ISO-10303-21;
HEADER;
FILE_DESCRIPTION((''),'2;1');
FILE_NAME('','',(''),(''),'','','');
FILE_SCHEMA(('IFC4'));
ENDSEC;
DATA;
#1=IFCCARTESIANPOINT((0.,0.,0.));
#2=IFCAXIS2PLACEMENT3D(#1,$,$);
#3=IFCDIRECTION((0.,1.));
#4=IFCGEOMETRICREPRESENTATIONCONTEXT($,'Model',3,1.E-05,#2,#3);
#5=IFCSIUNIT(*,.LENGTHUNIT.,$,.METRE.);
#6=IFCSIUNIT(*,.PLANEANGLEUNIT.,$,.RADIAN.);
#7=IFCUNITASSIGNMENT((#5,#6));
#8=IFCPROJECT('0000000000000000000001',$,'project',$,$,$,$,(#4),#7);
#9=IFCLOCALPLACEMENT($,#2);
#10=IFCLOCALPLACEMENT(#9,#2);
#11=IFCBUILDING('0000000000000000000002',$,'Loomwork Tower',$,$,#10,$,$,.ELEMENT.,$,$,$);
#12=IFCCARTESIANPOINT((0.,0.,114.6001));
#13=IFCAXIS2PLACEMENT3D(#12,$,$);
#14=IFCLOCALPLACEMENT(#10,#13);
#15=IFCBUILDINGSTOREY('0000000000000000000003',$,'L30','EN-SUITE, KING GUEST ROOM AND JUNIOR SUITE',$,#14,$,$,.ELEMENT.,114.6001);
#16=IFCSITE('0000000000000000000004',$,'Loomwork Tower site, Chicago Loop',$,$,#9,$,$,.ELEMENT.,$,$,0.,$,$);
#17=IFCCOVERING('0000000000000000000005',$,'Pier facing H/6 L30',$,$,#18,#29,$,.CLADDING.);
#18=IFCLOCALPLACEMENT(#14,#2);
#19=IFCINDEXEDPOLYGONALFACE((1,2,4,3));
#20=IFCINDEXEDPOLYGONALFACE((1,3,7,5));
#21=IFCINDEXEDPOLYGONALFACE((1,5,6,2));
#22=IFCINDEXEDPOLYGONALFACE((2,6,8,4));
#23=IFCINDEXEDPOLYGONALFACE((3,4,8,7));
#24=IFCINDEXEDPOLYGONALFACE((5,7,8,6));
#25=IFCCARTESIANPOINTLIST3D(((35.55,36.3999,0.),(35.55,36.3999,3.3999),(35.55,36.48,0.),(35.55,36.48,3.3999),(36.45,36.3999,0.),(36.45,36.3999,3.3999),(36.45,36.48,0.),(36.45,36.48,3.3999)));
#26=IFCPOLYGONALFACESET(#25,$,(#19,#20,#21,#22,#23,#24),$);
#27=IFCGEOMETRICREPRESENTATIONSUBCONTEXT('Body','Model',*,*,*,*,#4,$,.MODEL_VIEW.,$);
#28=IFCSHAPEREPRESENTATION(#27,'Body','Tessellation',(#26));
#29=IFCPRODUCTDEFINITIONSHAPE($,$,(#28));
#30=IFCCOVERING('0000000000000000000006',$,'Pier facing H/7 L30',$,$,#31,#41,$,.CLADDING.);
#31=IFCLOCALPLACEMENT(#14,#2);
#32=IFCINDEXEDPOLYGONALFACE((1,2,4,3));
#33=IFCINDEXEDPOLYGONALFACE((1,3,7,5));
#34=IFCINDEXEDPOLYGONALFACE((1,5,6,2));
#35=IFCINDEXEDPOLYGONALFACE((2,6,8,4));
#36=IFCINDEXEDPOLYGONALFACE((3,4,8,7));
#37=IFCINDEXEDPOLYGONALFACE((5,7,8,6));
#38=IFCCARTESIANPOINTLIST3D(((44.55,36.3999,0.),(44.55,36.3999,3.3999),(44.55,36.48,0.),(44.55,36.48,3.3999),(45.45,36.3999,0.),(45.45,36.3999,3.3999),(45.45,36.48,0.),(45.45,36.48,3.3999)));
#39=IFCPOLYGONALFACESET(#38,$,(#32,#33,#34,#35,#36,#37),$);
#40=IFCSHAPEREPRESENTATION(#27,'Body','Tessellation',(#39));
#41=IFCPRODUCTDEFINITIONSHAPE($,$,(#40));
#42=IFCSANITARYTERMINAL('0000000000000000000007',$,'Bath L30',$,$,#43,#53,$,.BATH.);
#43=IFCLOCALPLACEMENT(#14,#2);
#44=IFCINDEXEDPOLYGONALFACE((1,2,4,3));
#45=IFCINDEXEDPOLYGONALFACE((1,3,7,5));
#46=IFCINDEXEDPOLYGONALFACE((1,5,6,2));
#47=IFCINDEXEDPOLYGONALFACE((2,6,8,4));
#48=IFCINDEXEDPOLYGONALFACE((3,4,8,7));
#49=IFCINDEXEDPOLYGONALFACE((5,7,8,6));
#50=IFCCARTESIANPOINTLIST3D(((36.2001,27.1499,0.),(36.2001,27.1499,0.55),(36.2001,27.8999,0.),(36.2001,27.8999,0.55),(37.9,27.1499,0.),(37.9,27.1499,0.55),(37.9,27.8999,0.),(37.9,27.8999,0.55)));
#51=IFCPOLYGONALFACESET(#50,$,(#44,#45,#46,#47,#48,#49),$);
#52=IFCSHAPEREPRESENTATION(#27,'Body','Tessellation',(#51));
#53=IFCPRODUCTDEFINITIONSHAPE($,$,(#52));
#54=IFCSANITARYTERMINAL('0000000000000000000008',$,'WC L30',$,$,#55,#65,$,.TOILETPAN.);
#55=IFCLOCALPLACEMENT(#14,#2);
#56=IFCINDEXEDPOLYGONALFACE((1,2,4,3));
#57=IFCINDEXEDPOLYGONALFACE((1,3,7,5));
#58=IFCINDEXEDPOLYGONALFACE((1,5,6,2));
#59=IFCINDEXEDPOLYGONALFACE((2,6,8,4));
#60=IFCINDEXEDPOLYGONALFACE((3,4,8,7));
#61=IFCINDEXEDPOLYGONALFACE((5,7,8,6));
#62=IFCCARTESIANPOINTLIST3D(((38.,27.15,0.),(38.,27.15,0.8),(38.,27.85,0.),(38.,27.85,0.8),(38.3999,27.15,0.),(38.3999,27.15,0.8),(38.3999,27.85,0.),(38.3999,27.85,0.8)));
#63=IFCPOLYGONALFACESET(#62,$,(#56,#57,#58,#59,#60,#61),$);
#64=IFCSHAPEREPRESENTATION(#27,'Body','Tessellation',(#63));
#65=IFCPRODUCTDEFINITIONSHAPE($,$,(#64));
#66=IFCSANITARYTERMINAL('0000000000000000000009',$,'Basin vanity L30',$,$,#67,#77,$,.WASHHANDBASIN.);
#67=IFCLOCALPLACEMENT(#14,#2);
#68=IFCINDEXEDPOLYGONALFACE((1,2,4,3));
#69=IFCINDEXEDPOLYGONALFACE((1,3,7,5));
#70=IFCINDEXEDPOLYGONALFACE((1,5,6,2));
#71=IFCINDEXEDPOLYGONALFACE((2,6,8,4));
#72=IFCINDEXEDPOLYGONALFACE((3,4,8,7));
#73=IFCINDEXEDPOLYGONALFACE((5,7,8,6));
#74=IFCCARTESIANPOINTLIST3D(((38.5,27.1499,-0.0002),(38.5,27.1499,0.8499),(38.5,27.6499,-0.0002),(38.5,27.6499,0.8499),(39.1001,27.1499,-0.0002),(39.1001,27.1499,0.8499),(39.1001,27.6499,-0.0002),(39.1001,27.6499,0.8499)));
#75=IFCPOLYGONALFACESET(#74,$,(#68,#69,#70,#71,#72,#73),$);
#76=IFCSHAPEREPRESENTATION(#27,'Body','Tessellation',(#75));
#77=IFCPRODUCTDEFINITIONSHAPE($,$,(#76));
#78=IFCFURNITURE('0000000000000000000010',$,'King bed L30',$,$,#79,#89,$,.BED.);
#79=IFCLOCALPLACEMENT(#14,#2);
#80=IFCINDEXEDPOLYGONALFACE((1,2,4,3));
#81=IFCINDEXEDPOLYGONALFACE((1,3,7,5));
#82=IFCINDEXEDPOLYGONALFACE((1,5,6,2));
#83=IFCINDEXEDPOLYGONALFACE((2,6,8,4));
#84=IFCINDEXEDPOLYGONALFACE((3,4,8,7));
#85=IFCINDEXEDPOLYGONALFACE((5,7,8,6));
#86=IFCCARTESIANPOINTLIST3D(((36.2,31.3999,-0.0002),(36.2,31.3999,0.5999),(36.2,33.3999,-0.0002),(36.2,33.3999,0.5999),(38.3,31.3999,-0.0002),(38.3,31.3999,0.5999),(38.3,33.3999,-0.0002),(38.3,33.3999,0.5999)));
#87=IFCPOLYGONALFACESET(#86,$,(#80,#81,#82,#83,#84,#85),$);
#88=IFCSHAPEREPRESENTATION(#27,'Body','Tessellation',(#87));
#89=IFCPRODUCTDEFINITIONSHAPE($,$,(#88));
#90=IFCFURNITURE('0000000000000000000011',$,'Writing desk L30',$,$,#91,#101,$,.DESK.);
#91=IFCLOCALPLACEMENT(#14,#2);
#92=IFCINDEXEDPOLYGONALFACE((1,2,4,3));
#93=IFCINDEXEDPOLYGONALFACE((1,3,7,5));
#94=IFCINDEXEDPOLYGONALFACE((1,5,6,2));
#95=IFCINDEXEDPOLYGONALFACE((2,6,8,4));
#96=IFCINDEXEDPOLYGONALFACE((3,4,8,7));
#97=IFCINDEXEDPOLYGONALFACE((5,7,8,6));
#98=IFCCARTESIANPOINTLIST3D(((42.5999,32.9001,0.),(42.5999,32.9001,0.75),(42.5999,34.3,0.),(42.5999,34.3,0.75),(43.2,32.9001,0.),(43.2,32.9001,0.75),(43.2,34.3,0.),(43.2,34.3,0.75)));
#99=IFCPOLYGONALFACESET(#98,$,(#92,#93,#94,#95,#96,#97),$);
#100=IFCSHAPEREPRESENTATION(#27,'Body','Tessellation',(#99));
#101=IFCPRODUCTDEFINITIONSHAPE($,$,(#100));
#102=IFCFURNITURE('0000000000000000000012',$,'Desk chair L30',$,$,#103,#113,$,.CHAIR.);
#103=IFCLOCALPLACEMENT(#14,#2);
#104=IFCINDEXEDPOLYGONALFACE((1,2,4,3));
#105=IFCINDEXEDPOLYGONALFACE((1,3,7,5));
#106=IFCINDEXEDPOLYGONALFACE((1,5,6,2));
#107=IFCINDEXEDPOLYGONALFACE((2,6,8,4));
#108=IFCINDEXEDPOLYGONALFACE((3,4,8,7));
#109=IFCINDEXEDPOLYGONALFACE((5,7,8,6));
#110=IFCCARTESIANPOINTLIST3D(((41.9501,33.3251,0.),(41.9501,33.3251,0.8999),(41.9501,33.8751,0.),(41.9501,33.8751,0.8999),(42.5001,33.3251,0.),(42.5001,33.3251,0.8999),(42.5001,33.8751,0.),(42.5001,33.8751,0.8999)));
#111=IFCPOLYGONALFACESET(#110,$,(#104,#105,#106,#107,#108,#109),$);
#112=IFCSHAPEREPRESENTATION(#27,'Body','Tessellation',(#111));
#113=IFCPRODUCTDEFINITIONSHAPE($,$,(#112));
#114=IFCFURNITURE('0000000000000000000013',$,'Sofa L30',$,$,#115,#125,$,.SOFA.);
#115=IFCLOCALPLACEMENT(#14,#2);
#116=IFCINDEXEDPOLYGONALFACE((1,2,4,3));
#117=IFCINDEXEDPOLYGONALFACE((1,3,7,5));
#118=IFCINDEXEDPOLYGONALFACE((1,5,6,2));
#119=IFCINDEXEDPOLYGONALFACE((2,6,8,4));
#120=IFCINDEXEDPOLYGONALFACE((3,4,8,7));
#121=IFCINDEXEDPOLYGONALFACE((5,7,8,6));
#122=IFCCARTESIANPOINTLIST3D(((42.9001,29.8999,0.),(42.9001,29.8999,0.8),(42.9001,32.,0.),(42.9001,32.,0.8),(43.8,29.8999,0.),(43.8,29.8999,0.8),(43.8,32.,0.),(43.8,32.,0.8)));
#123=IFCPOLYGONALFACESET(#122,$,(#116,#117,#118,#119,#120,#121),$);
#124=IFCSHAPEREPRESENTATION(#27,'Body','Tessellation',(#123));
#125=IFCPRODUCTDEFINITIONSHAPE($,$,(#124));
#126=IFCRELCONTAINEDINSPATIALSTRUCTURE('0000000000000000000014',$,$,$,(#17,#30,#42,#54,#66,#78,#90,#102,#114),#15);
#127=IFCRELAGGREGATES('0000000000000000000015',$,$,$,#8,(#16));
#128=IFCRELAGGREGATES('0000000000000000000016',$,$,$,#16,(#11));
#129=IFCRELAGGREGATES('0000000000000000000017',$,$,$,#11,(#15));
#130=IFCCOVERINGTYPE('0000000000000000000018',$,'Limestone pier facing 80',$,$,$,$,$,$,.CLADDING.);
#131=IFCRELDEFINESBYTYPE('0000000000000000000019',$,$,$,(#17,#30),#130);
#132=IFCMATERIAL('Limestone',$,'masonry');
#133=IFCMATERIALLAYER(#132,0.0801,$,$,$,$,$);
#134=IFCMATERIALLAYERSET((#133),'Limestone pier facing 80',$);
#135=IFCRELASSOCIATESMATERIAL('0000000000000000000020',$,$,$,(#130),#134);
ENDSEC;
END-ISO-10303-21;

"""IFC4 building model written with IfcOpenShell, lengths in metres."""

from ifc_helpers import new_model, si_unit, direction, frame, origin, origin_2d, place, context, subcontext, project, spatial, rectangle, extrude, material, layer, layer_set, type_object, element, save


model = new_model("IFC4")

# Units and contexts
model_context = context("Model", 3, precision=1e-05, world=origin(), true_north=direction((0.0, 1.0)))
body_context = subcontext(model_context, "Body", "Model", "MODEL_VIEW")
ifc_project = project(units=[si_unit("LENGTHUNIT", "METRE"), si_unit("PLANEANGLEUNIT", "RADIAN")], contexts=[model_context])

# Site, building, storey
site_placement = place(None, origin())
site = spatial("IfcSite", under=ifc_project, at=site_placement, Name="Loomwork Tower site, Chicago Loop", CompositionType="ELEMENT", RefElevation=0.0)
building_placement = place(site_placement, origin())
building = spatial("IfcBuilding", under=site, at=building_placement, Name="Loomwork Tower", CompositionType="ELEMENT")
storey_placement = place(building_placement, frame((0.0, 0.0, 114.6001)))
storey = spatial("IfcBuildingStorey", under=building, at=storey_placement, Name="L30", Description="EN-SUITE, KING GUEST ROOM AND JUNIOR SUITE", CompositionType="ELEMENT", Elevation=114.6001)

# Coverings
ifc_material_1 = material(Name="Limestone", Category="masonry")
ifc_layer_1 = layer(ifc_material_1, 0.0801)
ifc_layer_set_1 = layer_set([ifc_layer_1], Name="Limestone pier facing 80")
covering_type = type_object("IfcCoveringType", Name="Limestone pier facing 80", PredefinedType="CLADDING", material=ifc_layer_set_1)
for number, where, z_axis, x_axis, name in (
    (1, (36.0, 36.4399, 0.0), (0.0, 0.0, 1.0), (1.0, 0.0, 0.0), "Pier facing H/6 L30"),
    (2, (45.0, 36.4399, 0.0), (0.0, 0.0, 1.0), (1.0, 0.0, 0.0), "Pier facing H/7 L30"),
):
    element("IfcCovering", number, at=place(storey_placement, frame(where, z_axis=z_axis, x_axis=x_axis)), inside=storey, type_object=covering_type, Name=name, PredefinedType="CLADDING", context=body_context, shape_type="SweptSolid", body=[
        extrude(rectangle(XDim=0.8999, YDim=0.0801, at=origin_2d()), origin(), (0.0, 0.0, 1.0), 3.3999),
    ])

# Sanitary terminals
sanitary_terminal_1_placement = place(storey_placement, frame((37.05, 27.5249, 0.0), z_axis=(0.0, 0.0, 1.0), x_axis=(1.0, 0.0, 0.0)))
element("IfcSanitaryTerminal", 3, at=sanitary_terminal_1_placement, inside=storey, Name="Bath L30", PredefinedType="BATH", context=body_context, shape_type="SweptSolid", body=[
    extrude(rectangle(XDim=1.7, YDim=0.75, at=origin_2d()), origin(), (0.0, 0.0, 1.0), 0.55),
])
sanitary_terminal_2_placement = place(storey_placement, frame((38.2, 27.5, 0.0), z_axis=(0.0, 0.0, 1.0), x_axis=(1.0, 0.0, 0.0)))
element("IfcSanitaryTerminal", 4, at=sanitary_terminal_2_placement, inside=storey, Name="WC L30", PredefinedType="TOILETPAN", context=body_context, shape_type="SweptSolid", body=[
    extrude(rectangle(XDim=0.3999, YDim=0.7, at=origin_2d()), origin(), (0.0, 0.0, 1.0), 0.8),
])
sanitary_terminal_3_placement = place(storey_placement, frame((38.8, 27.3999, -0.0002), z_axis=(0.0, 0.0, 1.0), x_axis=(1.0, 0.0, 0.0)))
element("IfcSanitaryTerminal", 5, at=sanitary_terminal_3_placement, inside=storey, Name="Basin vanity L30", PredefinedType="WASHHANDBASIN", context=body_context, shape_type="SweptSolid", body=[
    extrude(rectangle(XDim=0.6001, YDim=0.5, at=origin_2d()), origin(), (0.0, 0.0, 1.0), 0.8501),
])

# Furniture
furniture_1_placement = place(storey_placement, frame((37.25, 32.3999, -0.0002), z_axis=(0.0, 0.0, 1.0), x_axis=(1.0, 0.0, 0.0)))
element("IfcFurniture", 6, at=furniture_1_placement, inside=storey, Name="King bed L30", PredefinedType="BED", context=body_context, shape_type="SweptSolid", body=[
    extrude(rectangle(XDim=2.1001, YDim=2.0, at=origin_2d()), origin(), (0.0, 0.0, 1.0), 0.6001),
])
furniture_2_placement = place(storey_placement, frame((42.8999, 33.6001, 0.0), z_axis=(0.0, 0.0, 1.0), x_axis=(1.0, 0.0, 0.0)))
element("IfcFurniture", 7, at=furniture_2_placement, inside=storey, Name="Writing desk L30", PredefinedType="DESK", context=body_context, shape_type="SweptSolid", body=[
    extrude(rectangle(XDim=0.6001, YDim=1.3999, at=origin_2d()), origin(), (0.0, 0.0, 1.0), 0.75),
])
furniture_3_placement = place(storey_placement, frame((42.2251, 33.6001, 0.0), z_axis=(0.0, 0.0, 1.0), x_axis=(1.0, 0.0, 0.0)))
element("IfcFurniture", 8, at=furniture_3_placement, inside=storey, Name="Desk chair L30", PredefinedType="CHAIR", context=body_context, shape_type="SweptSolid", body=[
    extrude(rectangle(XDim=0.55, YDim=0.55, at=origin_2d()), origin(), (0.0, 0.0, 1.0), 0.8999),
])
furniture_4_placement = place(storey_placement, frame((43.3501, 30.95, 0.0), z_axis=(0.0, 0.0, 1.0), x_axis=(1.0, 0.0, 0.0)))
element("IfcFurniture", 9, at=furniture_4_placement, inside=storey, Name="Sofa L30", PredefinedType="SOFA", context=body_context, shape_type="SweptSolid", body=[
    extrude(rectangle(XDim=0.8999, YDim=2.1001, at=origin_2d()), origin(), (0.0, 0.0, 1.0), 0.8),
])

save(model, "model.ifc")
